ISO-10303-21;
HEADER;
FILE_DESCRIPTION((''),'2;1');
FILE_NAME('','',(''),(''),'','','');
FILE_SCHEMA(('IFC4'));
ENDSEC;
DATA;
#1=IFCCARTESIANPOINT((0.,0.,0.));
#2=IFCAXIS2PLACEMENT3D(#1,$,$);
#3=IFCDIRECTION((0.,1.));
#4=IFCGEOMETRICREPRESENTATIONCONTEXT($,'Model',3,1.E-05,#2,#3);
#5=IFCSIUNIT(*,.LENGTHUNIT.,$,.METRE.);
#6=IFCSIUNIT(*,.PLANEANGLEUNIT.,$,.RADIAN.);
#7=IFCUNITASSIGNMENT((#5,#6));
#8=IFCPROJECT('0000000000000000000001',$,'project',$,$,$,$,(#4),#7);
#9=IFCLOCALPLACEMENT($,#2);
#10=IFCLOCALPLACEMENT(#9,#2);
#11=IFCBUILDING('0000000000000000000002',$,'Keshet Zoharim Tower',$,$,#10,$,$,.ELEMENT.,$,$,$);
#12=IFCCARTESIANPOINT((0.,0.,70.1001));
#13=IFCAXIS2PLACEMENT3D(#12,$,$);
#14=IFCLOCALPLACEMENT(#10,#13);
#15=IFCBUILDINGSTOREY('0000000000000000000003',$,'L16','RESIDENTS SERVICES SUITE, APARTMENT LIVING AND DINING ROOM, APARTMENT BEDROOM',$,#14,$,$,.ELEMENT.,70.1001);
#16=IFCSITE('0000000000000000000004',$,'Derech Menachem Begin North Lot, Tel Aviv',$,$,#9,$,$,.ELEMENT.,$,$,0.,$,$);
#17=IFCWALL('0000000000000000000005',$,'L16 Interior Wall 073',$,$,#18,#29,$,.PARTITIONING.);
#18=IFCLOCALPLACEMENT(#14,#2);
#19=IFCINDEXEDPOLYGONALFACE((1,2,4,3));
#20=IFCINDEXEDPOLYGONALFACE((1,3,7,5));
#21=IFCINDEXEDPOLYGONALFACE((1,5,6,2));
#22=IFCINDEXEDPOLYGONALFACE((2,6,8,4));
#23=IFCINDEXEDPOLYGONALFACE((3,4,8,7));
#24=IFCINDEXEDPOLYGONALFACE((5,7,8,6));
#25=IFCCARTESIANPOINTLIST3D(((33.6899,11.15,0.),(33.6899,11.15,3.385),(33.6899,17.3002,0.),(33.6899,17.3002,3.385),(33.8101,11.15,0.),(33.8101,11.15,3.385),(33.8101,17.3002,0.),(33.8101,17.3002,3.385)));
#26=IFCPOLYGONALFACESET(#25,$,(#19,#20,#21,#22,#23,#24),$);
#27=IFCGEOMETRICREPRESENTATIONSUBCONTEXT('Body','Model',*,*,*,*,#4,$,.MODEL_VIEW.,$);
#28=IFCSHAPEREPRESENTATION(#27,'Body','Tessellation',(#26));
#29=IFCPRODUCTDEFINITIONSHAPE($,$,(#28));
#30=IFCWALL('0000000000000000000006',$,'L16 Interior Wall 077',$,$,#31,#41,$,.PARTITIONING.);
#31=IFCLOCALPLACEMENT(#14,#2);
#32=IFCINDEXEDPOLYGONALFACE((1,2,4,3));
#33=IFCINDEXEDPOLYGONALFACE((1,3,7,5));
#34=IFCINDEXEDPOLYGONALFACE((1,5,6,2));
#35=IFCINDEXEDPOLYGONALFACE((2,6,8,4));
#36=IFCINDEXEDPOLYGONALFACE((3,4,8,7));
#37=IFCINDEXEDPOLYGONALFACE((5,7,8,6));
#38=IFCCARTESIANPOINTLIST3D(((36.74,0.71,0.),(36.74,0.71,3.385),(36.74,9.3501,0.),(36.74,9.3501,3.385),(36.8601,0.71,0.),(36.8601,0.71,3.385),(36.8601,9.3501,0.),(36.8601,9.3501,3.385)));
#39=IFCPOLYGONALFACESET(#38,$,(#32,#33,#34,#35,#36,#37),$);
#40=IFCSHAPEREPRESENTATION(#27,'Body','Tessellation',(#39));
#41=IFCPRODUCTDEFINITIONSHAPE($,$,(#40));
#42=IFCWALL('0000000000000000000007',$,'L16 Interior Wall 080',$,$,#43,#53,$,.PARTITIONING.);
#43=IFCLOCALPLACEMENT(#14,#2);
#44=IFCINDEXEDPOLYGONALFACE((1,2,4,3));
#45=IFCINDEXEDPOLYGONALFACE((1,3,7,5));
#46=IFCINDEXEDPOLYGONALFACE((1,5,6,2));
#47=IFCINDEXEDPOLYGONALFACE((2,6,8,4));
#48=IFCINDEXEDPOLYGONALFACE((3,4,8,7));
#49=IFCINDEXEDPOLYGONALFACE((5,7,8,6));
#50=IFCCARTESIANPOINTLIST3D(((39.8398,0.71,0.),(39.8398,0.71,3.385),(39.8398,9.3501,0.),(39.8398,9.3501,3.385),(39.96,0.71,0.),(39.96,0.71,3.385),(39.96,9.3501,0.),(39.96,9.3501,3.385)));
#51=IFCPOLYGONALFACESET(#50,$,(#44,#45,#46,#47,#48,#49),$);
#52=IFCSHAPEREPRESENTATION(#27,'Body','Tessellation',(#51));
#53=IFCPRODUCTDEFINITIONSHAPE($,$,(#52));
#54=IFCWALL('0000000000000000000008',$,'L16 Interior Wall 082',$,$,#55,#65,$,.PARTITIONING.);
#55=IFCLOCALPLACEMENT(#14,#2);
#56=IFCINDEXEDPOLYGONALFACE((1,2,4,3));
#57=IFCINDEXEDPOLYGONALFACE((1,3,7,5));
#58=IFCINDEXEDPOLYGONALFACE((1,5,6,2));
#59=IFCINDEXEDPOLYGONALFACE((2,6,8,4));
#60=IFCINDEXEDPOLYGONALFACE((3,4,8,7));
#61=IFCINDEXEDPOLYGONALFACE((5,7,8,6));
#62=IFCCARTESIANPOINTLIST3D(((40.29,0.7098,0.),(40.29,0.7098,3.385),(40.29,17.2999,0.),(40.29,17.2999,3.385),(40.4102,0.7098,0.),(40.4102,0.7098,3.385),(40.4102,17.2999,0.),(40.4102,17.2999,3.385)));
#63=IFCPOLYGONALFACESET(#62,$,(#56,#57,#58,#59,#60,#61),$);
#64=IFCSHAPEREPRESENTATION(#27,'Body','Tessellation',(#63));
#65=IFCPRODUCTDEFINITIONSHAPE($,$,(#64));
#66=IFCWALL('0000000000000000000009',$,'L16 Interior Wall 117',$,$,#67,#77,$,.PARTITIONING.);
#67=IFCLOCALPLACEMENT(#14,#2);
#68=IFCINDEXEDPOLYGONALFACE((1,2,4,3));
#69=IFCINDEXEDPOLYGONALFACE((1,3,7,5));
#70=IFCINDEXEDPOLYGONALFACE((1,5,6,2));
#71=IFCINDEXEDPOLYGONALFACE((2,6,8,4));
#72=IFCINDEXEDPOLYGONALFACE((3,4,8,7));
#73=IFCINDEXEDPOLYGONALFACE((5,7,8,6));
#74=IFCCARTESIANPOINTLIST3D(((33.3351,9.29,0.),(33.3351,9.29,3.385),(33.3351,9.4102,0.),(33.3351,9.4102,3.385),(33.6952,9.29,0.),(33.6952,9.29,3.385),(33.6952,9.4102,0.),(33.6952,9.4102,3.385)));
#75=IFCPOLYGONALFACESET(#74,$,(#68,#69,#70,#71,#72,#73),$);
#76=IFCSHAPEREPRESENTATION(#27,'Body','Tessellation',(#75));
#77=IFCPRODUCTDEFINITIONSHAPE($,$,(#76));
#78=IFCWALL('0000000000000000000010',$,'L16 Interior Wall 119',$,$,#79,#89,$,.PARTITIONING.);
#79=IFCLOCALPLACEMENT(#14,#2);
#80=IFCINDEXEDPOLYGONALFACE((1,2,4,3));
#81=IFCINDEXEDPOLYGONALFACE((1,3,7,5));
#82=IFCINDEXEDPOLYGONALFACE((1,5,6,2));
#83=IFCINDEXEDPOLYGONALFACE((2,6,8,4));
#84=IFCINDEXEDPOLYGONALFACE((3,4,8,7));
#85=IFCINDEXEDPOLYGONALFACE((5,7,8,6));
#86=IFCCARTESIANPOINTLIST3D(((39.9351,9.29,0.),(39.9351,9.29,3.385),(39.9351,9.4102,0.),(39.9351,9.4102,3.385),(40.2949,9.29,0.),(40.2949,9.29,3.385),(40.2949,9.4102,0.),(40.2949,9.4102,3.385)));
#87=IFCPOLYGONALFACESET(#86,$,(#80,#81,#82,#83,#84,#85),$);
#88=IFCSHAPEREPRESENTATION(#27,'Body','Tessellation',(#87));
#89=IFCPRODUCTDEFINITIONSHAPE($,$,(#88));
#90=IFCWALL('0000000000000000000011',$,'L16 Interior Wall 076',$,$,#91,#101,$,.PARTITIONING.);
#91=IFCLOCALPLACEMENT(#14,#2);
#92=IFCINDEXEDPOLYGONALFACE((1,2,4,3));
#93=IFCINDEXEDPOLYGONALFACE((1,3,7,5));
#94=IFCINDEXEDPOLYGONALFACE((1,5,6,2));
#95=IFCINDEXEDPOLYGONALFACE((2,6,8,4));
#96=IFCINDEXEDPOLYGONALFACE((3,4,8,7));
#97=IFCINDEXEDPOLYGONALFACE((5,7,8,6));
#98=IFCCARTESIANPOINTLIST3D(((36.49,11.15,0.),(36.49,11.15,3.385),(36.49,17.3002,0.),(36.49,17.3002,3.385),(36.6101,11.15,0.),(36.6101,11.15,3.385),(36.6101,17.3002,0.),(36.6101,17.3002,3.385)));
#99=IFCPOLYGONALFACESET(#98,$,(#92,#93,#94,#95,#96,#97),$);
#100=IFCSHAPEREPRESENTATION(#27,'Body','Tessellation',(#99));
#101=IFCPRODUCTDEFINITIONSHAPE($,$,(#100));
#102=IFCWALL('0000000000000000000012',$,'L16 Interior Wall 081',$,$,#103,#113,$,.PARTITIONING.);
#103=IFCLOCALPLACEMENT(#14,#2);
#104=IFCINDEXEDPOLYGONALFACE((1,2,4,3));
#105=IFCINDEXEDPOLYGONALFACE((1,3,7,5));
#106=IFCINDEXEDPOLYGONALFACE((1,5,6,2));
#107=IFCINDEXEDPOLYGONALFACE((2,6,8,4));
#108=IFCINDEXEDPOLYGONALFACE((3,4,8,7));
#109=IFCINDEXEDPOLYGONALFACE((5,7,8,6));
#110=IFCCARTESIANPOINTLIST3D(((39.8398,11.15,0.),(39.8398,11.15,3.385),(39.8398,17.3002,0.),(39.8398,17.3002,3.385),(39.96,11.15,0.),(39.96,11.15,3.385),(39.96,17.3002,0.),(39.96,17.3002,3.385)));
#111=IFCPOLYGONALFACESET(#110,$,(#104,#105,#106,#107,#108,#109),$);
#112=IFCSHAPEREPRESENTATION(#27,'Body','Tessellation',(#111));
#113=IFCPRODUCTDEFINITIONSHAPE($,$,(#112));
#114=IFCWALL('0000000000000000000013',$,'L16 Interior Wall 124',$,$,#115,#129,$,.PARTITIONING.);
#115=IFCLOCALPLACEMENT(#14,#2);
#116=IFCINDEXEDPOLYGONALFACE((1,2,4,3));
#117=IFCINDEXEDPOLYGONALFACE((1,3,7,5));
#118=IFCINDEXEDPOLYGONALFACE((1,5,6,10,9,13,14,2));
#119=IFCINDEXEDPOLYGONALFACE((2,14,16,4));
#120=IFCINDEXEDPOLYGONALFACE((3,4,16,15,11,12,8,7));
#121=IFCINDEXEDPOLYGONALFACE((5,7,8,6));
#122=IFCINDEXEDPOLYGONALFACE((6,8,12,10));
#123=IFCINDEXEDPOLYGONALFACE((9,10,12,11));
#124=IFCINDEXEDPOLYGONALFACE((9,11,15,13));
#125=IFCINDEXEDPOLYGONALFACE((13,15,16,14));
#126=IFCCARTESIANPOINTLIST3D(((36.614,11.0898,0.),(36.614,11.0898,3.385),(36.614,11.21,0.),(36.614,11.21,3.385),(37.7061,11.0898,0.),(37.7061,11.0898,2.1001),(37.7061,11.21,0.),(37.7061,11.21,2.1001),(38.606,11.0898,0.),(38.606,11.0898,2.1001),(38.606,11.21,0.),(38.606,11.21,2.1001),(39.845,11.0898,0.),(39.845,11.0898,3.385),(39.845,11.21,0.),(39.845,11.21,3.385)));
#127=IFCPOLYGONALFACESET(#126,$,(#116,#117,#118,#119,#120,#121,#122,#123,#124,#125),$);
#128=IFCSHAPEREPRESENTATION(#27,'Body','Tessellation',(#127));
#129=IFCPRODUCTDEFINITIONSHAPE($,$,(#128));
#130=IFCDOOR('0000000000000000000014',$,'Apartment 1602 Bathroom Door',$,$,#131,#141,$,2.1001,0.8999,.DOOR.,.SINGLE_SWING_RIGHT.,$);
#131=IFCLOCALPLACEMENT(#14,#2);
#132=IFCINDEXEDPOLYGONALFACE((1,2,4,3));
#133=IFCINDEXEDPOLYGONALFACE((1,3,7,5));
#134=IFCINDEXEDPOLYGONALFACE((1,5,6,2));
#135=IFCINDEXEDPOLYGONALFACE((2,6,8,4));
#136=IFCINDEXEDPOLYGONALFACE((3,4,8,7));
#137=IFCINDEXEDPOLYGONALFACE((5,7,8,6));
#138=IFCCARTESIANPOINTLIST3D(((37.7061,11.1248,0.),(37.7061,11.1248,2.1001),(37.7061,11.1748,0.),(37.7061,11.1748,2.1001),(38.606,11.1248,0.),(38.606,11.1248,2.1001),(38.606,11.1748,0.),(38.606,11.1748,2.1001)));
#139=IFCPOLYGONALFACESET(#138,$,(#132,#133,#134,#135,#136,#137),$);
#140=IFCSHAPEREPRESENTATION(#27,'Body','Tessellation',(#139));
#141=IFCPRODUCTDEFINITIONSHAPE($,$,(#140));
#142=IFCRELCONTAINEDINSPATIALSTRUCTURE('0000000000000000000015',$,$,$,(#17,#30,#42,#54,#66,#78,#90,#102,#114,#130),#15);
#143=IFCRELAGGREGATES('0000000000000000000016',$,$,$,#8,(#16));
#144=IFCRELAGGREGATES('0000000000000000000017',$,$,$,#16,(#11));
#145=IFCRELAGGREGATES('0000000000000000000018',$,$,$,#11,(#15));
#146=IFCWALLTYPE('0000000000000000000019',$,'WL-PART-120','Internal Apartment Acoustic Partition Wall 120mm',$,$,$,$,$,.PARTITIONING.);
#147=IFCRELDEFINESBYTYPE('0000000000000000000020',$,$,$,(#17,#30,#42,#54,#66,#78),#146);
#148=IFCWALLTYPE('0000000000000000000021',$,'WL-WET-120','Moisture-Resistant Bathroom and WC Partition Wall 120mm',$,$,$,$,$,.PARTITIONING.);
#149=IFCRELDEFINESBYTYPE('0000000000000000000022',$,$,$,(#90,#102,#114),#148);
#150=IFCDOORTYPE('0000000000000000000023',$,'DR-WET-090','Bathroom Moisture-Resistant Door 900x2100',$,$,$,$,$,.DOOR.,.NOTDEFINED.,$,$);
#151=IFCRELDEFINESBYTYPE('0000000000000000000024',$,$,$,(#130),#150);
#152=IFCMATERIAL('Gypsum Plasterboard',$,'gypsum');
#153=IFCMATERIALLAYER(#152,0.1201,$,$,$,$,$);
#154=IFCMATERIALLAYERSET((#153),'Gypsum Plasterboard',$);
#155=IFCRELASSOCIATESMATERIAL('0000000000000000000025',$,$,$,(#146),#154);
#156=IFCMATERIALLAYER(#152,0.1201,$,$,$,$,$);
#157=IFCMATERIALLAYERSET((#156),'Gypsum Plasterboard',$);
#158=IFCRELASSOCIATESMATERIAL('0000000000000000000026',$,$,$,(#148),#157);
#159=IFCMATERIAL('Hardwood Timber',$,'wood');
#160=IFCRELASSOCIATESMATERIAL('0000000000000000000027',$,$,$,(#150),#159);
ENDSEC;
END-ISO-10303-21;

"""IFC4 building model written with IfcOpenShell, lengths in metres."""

from ifc_helpers import new_model, si_unit, direction, frame, frame_2d, origin, place, context, subcontext, project, spatial, rectangle, extrude, material, layer, layer_set, type_object, element, fill, save


model = new_model("IFC4")

# Units and contexts
model_context = context("Model", 3, precision=1e-05, world=origin(), true_north=direction((0.0, 1.0)))
body_context = subcontext(model_context, "Body", "Model", "MODEL_VIEW")
ifc_project = project(units=[si_unit("LENGTHUNIT", "METRE"), si_unit("PLANEANGLEUNIT", "RADIAN")], contexts=[model_context])

# Site, building, storey
site_placement = place(None, origin())
site = spatial("IfcSite", under=ifc_project, at=site_placement, Name="Derech Menachem Begin North Lot, Tel Aviv", CompositionType="ELEMENT", RefElevation=0.0)
building_placement = place(site_placement, origin())
building = spatial("IfcBuilding", under=site, at=building_placement, Name="Keshet Zoharim Tower", CompositionType="ELEMENT")
storey_placement = place(building_placement, frame((0.0, 0.0, 70.1001)))
storey = spatial("IfcBuildingStorey", under=building, at=storey_placement, Name="L16", Description="RESIDENTS SERVICES SUITE, APARTMENT LIVING AND DINING ROOM, APARTMENT BEDROOM", CompositionType="ELEMENT", Elevation=70.1001)

# Shared definitions
ifc_material_1 = material(Name="Gypsum Plasterboard", Category="gypsum")

# Shared definitions
ifc_material_2 = material(Name="Hardwood Timber", Category="wood")

# Walls
ifc_layer_1 = layer(ifc_material_1, 0.1201)
ifc_layer_set_1 = layer_set([ifc_layer_1], Name="Gypsum Plasterboard")
wall_type_1 = type_object("IfcWallType", Name="WL-PART-120", Description="Internal Apartment Acoustic Partition Wall 120mm", PredefinedType="PARTITIONING", material=ifc_layer_set_1)
wall_1_placement = place(storey_placement, frame((33.75, 11.1499, 0.0), z_axis=(0.0, 0.0, 1.0), x_axis=(0.0, 1.0, 0.0)))
element("IfcWall", 1, at=wall_1_placement, inside=storey, type_object=wall_type_1, Name="L16 Interior Wall 073", PredefinedType="PARTITIONING", context=body_context, shape_type="SweptSolid", body=[
    extrude(rectangle(XDim=6.1501, YDim=0.1201, at=frame_2d((3.0752, 0.0))), origin(), (0.0, 0.0, 1.0), 3.385),
])
for number, where, z_axis, x_axis, name in (
    (2, (36.8, 0.71, 0.0), (0.0, 0.0, 1.0), (0.0, 1.0, 0.0), "L16 Interior Wall 077"),
    (3, (39.8999, 0.71, 0.0), (0.0, 0.0, 1.0), (0.0, 1.0, 0.0), "L16 Interior Wall 080"),
):
    element("IfcWall", number, at=place(storey_placement, frame(where, z_axis=z_axis, x_axis=x_axis)), inside=storey, type_object=wall_type_1, Name=name, PredefinedType="PARTITIONING", context=body_context, shape_type="SweptSolid", body=[
        extrude(rectangle(XDim=8.6401, YDim=0.1201, at=frame_2d((4.3201, 0.0))), origin(), (0.0, 0.0, 1.0), 3.385),
    ])
wall_2_placement = place(storey_placement, frame((40.3501, 0.71, 0.0), z_axis=(0.0, 0.0, 1.0), x_axis=(0.0, 1.0, 0.0)))
element("IfcWall", 4, at=wall_2_placement, inside=storey, type_object=wall_type_1, Name="L16 Interior Wall 082", PredefinedType="PARTITIONING", context=body_context, shape_type="SweptSolid", body=[
    extrude(rectangle(XDim=16.5901, YDim=0.1201, at=frame_2d((8.2949, 0.0))), origin(), (0.0, 0.0, 1.0), 3.385),
])
wall_3_placement = place(storey_placement, frame((33.335, 9.3501, 0.0), z_axis=(0.0, 0.0, 1.0), x_axis=(1.0, 0.0, 0.0)))
element("IfcWall", 5, at=wall_3_placement, inside=storey, type_object=wall_type_1, Name="L16 Interior Wall 117", PredefinedType="PARTITIONING", context=body_context, shape_type="SweptSolid", body=[
    extrude(rectangle(XDim=0.3601, YDim=0.1201, at=frame_2d((0.1802, 0.0))), origin(), (0.0, 0.0, 1.0), 3.385),
])

# Wall
wall_4_placement = place(storey_placement, frame((39.9351, 9.3501, 0.0), z_axis=(0.0, 0.0, 1.0), x_axis=(1.0, 0.0, 0.0)))
element("IfcWall", 6, at=wall_4_placement, inside=storey, type_object=wall_type_1, Name="L16 Interior Wall 119", PredefinedType="PARTITIONING", context=body_context, shape_type="SweptSolid", body=[
    extrude(rectangle(XDim=0.3599, YDim=0.1201, at=frame_2d((0.1799, 0.0))), origin(), (0.0, 0.0, 1.0), 3.385),
])

# Walls
ifc_layer_2 = layer(ifc_material_1, 0.1201)
ifc_layer_set_2 = layer_set([ifc_layer_2], Name="Gypsum Plasterboard")
wall_type_2 = type_object("IfcWallType", Name="WL-WET-120", Description="Moisture-Resistant Bathroom and WC Partition Wall 120mm", PredefinedType="PARTITIONING", material=ifc_layer_set_2)
for number, where, z_axis, x_axis, name in (
    (7, (36.55, 11.1499, 0.0), (0.0, 0.0, 1.0), (0.0, 1.0, 0.0), "L16 Interior Wall 076"),
    (8, (39.8999, 11.1499, 0.0), (0.0, 0.0, 1.0), (0.0, 1.0, 0.0), "L16 Interior Wall 081"),
):
    element("IfcWall", number, at=place(storey_placement, frame(where, z_axis=z_axis, x_axis=x_axis)), inside=storey, type_object=wall_type_2, Name=name, PredefinedType="PARTITIONING", context=body_context, shape_type="SweptSolid", body=[
        extrude(rectangle(XDim=6.1501, YDim=0.1201, at=frame_2d((3.0752, 0.0))), origin(), (0.0, 0.0, 1.0), 3.385),
    ])

# Wall, opening, door
wall_5_placement = place(storey_placement, frame((36.614, 11.1499, 0.0), z_axis=(0.0, 0.0, 1.0), x_axis=(1.0, 0.0, 0.0)))
wall_5 = element("IfcWall", 9, at=wall_5_placement, inside=storey, type_object=wall_type_2, Name="L16 Interior Wall 124", PredefinedType="PARTITIONING", context=body_context, shape_type="SweptSolid", body=[
    extrude(rectangle(XDim=3.231, YDim=0.1201, at=frame_2d((1.6155, 0.0))), origin(), (0.0, 0.0, 1.0), 3.385),
])
opening_1_placement = place(wall_5_placement, frame((1.092, 0.0, 0.0)))
opening_1 = element("IfcOpeningElement", 10, at=opening_1_placement, cuts=wall_5, PredefinedType="OPENING", context=body_context, shape_type="SweptSolid", body=[
    extrude(rectangle(XDim=0.8999, YDim=2.1001, at=frame_2d((0.45, 1.05))), frame((0.0, 0.0701, 0.0), z_axis=(0.0, -1.0, 0.0), x_axis=(1.0, 0.0, 0.0)), (0.0, 0.0, 1.0), 0.1401),
])
door_type_1 = type_object("IfcDoorType", Name="DR-WET-090", Description="Bathroom Moisture-Resistant Door 900x2100", OperationType="NOTDEFINED", PredefinedType="DOOR", material=ifc_material_2)
door_1_placement = place(opening_1_placement, origin())
door_1 = element("IfcDoor", 11, at=door_1_placement, inside=storey, type_object=door_type_1, Name="Apartment 1602 Bathroom Door", OperationType="SINGLE_SWING_RIGHT", OverallHeight=2.1001, OverallWidth=0.8999, PredefinedType="DOOR", context=body_context, shape_type="SweptSolid", body=[
    extrude(rectangle(XDim=0.8999, YDim=2.1001, at=frame_2d((0.45, 1.05))), frame((0.0, 0.0249, 0.0), z_axis=(0.0, -1.0, 0.0), x_axis=(1.0, 0.0, 0.0)), (0.0, 0.0, 1.0), 0.05),
])
fill(opening_1, door_1)

save(model, "model.ifc")
